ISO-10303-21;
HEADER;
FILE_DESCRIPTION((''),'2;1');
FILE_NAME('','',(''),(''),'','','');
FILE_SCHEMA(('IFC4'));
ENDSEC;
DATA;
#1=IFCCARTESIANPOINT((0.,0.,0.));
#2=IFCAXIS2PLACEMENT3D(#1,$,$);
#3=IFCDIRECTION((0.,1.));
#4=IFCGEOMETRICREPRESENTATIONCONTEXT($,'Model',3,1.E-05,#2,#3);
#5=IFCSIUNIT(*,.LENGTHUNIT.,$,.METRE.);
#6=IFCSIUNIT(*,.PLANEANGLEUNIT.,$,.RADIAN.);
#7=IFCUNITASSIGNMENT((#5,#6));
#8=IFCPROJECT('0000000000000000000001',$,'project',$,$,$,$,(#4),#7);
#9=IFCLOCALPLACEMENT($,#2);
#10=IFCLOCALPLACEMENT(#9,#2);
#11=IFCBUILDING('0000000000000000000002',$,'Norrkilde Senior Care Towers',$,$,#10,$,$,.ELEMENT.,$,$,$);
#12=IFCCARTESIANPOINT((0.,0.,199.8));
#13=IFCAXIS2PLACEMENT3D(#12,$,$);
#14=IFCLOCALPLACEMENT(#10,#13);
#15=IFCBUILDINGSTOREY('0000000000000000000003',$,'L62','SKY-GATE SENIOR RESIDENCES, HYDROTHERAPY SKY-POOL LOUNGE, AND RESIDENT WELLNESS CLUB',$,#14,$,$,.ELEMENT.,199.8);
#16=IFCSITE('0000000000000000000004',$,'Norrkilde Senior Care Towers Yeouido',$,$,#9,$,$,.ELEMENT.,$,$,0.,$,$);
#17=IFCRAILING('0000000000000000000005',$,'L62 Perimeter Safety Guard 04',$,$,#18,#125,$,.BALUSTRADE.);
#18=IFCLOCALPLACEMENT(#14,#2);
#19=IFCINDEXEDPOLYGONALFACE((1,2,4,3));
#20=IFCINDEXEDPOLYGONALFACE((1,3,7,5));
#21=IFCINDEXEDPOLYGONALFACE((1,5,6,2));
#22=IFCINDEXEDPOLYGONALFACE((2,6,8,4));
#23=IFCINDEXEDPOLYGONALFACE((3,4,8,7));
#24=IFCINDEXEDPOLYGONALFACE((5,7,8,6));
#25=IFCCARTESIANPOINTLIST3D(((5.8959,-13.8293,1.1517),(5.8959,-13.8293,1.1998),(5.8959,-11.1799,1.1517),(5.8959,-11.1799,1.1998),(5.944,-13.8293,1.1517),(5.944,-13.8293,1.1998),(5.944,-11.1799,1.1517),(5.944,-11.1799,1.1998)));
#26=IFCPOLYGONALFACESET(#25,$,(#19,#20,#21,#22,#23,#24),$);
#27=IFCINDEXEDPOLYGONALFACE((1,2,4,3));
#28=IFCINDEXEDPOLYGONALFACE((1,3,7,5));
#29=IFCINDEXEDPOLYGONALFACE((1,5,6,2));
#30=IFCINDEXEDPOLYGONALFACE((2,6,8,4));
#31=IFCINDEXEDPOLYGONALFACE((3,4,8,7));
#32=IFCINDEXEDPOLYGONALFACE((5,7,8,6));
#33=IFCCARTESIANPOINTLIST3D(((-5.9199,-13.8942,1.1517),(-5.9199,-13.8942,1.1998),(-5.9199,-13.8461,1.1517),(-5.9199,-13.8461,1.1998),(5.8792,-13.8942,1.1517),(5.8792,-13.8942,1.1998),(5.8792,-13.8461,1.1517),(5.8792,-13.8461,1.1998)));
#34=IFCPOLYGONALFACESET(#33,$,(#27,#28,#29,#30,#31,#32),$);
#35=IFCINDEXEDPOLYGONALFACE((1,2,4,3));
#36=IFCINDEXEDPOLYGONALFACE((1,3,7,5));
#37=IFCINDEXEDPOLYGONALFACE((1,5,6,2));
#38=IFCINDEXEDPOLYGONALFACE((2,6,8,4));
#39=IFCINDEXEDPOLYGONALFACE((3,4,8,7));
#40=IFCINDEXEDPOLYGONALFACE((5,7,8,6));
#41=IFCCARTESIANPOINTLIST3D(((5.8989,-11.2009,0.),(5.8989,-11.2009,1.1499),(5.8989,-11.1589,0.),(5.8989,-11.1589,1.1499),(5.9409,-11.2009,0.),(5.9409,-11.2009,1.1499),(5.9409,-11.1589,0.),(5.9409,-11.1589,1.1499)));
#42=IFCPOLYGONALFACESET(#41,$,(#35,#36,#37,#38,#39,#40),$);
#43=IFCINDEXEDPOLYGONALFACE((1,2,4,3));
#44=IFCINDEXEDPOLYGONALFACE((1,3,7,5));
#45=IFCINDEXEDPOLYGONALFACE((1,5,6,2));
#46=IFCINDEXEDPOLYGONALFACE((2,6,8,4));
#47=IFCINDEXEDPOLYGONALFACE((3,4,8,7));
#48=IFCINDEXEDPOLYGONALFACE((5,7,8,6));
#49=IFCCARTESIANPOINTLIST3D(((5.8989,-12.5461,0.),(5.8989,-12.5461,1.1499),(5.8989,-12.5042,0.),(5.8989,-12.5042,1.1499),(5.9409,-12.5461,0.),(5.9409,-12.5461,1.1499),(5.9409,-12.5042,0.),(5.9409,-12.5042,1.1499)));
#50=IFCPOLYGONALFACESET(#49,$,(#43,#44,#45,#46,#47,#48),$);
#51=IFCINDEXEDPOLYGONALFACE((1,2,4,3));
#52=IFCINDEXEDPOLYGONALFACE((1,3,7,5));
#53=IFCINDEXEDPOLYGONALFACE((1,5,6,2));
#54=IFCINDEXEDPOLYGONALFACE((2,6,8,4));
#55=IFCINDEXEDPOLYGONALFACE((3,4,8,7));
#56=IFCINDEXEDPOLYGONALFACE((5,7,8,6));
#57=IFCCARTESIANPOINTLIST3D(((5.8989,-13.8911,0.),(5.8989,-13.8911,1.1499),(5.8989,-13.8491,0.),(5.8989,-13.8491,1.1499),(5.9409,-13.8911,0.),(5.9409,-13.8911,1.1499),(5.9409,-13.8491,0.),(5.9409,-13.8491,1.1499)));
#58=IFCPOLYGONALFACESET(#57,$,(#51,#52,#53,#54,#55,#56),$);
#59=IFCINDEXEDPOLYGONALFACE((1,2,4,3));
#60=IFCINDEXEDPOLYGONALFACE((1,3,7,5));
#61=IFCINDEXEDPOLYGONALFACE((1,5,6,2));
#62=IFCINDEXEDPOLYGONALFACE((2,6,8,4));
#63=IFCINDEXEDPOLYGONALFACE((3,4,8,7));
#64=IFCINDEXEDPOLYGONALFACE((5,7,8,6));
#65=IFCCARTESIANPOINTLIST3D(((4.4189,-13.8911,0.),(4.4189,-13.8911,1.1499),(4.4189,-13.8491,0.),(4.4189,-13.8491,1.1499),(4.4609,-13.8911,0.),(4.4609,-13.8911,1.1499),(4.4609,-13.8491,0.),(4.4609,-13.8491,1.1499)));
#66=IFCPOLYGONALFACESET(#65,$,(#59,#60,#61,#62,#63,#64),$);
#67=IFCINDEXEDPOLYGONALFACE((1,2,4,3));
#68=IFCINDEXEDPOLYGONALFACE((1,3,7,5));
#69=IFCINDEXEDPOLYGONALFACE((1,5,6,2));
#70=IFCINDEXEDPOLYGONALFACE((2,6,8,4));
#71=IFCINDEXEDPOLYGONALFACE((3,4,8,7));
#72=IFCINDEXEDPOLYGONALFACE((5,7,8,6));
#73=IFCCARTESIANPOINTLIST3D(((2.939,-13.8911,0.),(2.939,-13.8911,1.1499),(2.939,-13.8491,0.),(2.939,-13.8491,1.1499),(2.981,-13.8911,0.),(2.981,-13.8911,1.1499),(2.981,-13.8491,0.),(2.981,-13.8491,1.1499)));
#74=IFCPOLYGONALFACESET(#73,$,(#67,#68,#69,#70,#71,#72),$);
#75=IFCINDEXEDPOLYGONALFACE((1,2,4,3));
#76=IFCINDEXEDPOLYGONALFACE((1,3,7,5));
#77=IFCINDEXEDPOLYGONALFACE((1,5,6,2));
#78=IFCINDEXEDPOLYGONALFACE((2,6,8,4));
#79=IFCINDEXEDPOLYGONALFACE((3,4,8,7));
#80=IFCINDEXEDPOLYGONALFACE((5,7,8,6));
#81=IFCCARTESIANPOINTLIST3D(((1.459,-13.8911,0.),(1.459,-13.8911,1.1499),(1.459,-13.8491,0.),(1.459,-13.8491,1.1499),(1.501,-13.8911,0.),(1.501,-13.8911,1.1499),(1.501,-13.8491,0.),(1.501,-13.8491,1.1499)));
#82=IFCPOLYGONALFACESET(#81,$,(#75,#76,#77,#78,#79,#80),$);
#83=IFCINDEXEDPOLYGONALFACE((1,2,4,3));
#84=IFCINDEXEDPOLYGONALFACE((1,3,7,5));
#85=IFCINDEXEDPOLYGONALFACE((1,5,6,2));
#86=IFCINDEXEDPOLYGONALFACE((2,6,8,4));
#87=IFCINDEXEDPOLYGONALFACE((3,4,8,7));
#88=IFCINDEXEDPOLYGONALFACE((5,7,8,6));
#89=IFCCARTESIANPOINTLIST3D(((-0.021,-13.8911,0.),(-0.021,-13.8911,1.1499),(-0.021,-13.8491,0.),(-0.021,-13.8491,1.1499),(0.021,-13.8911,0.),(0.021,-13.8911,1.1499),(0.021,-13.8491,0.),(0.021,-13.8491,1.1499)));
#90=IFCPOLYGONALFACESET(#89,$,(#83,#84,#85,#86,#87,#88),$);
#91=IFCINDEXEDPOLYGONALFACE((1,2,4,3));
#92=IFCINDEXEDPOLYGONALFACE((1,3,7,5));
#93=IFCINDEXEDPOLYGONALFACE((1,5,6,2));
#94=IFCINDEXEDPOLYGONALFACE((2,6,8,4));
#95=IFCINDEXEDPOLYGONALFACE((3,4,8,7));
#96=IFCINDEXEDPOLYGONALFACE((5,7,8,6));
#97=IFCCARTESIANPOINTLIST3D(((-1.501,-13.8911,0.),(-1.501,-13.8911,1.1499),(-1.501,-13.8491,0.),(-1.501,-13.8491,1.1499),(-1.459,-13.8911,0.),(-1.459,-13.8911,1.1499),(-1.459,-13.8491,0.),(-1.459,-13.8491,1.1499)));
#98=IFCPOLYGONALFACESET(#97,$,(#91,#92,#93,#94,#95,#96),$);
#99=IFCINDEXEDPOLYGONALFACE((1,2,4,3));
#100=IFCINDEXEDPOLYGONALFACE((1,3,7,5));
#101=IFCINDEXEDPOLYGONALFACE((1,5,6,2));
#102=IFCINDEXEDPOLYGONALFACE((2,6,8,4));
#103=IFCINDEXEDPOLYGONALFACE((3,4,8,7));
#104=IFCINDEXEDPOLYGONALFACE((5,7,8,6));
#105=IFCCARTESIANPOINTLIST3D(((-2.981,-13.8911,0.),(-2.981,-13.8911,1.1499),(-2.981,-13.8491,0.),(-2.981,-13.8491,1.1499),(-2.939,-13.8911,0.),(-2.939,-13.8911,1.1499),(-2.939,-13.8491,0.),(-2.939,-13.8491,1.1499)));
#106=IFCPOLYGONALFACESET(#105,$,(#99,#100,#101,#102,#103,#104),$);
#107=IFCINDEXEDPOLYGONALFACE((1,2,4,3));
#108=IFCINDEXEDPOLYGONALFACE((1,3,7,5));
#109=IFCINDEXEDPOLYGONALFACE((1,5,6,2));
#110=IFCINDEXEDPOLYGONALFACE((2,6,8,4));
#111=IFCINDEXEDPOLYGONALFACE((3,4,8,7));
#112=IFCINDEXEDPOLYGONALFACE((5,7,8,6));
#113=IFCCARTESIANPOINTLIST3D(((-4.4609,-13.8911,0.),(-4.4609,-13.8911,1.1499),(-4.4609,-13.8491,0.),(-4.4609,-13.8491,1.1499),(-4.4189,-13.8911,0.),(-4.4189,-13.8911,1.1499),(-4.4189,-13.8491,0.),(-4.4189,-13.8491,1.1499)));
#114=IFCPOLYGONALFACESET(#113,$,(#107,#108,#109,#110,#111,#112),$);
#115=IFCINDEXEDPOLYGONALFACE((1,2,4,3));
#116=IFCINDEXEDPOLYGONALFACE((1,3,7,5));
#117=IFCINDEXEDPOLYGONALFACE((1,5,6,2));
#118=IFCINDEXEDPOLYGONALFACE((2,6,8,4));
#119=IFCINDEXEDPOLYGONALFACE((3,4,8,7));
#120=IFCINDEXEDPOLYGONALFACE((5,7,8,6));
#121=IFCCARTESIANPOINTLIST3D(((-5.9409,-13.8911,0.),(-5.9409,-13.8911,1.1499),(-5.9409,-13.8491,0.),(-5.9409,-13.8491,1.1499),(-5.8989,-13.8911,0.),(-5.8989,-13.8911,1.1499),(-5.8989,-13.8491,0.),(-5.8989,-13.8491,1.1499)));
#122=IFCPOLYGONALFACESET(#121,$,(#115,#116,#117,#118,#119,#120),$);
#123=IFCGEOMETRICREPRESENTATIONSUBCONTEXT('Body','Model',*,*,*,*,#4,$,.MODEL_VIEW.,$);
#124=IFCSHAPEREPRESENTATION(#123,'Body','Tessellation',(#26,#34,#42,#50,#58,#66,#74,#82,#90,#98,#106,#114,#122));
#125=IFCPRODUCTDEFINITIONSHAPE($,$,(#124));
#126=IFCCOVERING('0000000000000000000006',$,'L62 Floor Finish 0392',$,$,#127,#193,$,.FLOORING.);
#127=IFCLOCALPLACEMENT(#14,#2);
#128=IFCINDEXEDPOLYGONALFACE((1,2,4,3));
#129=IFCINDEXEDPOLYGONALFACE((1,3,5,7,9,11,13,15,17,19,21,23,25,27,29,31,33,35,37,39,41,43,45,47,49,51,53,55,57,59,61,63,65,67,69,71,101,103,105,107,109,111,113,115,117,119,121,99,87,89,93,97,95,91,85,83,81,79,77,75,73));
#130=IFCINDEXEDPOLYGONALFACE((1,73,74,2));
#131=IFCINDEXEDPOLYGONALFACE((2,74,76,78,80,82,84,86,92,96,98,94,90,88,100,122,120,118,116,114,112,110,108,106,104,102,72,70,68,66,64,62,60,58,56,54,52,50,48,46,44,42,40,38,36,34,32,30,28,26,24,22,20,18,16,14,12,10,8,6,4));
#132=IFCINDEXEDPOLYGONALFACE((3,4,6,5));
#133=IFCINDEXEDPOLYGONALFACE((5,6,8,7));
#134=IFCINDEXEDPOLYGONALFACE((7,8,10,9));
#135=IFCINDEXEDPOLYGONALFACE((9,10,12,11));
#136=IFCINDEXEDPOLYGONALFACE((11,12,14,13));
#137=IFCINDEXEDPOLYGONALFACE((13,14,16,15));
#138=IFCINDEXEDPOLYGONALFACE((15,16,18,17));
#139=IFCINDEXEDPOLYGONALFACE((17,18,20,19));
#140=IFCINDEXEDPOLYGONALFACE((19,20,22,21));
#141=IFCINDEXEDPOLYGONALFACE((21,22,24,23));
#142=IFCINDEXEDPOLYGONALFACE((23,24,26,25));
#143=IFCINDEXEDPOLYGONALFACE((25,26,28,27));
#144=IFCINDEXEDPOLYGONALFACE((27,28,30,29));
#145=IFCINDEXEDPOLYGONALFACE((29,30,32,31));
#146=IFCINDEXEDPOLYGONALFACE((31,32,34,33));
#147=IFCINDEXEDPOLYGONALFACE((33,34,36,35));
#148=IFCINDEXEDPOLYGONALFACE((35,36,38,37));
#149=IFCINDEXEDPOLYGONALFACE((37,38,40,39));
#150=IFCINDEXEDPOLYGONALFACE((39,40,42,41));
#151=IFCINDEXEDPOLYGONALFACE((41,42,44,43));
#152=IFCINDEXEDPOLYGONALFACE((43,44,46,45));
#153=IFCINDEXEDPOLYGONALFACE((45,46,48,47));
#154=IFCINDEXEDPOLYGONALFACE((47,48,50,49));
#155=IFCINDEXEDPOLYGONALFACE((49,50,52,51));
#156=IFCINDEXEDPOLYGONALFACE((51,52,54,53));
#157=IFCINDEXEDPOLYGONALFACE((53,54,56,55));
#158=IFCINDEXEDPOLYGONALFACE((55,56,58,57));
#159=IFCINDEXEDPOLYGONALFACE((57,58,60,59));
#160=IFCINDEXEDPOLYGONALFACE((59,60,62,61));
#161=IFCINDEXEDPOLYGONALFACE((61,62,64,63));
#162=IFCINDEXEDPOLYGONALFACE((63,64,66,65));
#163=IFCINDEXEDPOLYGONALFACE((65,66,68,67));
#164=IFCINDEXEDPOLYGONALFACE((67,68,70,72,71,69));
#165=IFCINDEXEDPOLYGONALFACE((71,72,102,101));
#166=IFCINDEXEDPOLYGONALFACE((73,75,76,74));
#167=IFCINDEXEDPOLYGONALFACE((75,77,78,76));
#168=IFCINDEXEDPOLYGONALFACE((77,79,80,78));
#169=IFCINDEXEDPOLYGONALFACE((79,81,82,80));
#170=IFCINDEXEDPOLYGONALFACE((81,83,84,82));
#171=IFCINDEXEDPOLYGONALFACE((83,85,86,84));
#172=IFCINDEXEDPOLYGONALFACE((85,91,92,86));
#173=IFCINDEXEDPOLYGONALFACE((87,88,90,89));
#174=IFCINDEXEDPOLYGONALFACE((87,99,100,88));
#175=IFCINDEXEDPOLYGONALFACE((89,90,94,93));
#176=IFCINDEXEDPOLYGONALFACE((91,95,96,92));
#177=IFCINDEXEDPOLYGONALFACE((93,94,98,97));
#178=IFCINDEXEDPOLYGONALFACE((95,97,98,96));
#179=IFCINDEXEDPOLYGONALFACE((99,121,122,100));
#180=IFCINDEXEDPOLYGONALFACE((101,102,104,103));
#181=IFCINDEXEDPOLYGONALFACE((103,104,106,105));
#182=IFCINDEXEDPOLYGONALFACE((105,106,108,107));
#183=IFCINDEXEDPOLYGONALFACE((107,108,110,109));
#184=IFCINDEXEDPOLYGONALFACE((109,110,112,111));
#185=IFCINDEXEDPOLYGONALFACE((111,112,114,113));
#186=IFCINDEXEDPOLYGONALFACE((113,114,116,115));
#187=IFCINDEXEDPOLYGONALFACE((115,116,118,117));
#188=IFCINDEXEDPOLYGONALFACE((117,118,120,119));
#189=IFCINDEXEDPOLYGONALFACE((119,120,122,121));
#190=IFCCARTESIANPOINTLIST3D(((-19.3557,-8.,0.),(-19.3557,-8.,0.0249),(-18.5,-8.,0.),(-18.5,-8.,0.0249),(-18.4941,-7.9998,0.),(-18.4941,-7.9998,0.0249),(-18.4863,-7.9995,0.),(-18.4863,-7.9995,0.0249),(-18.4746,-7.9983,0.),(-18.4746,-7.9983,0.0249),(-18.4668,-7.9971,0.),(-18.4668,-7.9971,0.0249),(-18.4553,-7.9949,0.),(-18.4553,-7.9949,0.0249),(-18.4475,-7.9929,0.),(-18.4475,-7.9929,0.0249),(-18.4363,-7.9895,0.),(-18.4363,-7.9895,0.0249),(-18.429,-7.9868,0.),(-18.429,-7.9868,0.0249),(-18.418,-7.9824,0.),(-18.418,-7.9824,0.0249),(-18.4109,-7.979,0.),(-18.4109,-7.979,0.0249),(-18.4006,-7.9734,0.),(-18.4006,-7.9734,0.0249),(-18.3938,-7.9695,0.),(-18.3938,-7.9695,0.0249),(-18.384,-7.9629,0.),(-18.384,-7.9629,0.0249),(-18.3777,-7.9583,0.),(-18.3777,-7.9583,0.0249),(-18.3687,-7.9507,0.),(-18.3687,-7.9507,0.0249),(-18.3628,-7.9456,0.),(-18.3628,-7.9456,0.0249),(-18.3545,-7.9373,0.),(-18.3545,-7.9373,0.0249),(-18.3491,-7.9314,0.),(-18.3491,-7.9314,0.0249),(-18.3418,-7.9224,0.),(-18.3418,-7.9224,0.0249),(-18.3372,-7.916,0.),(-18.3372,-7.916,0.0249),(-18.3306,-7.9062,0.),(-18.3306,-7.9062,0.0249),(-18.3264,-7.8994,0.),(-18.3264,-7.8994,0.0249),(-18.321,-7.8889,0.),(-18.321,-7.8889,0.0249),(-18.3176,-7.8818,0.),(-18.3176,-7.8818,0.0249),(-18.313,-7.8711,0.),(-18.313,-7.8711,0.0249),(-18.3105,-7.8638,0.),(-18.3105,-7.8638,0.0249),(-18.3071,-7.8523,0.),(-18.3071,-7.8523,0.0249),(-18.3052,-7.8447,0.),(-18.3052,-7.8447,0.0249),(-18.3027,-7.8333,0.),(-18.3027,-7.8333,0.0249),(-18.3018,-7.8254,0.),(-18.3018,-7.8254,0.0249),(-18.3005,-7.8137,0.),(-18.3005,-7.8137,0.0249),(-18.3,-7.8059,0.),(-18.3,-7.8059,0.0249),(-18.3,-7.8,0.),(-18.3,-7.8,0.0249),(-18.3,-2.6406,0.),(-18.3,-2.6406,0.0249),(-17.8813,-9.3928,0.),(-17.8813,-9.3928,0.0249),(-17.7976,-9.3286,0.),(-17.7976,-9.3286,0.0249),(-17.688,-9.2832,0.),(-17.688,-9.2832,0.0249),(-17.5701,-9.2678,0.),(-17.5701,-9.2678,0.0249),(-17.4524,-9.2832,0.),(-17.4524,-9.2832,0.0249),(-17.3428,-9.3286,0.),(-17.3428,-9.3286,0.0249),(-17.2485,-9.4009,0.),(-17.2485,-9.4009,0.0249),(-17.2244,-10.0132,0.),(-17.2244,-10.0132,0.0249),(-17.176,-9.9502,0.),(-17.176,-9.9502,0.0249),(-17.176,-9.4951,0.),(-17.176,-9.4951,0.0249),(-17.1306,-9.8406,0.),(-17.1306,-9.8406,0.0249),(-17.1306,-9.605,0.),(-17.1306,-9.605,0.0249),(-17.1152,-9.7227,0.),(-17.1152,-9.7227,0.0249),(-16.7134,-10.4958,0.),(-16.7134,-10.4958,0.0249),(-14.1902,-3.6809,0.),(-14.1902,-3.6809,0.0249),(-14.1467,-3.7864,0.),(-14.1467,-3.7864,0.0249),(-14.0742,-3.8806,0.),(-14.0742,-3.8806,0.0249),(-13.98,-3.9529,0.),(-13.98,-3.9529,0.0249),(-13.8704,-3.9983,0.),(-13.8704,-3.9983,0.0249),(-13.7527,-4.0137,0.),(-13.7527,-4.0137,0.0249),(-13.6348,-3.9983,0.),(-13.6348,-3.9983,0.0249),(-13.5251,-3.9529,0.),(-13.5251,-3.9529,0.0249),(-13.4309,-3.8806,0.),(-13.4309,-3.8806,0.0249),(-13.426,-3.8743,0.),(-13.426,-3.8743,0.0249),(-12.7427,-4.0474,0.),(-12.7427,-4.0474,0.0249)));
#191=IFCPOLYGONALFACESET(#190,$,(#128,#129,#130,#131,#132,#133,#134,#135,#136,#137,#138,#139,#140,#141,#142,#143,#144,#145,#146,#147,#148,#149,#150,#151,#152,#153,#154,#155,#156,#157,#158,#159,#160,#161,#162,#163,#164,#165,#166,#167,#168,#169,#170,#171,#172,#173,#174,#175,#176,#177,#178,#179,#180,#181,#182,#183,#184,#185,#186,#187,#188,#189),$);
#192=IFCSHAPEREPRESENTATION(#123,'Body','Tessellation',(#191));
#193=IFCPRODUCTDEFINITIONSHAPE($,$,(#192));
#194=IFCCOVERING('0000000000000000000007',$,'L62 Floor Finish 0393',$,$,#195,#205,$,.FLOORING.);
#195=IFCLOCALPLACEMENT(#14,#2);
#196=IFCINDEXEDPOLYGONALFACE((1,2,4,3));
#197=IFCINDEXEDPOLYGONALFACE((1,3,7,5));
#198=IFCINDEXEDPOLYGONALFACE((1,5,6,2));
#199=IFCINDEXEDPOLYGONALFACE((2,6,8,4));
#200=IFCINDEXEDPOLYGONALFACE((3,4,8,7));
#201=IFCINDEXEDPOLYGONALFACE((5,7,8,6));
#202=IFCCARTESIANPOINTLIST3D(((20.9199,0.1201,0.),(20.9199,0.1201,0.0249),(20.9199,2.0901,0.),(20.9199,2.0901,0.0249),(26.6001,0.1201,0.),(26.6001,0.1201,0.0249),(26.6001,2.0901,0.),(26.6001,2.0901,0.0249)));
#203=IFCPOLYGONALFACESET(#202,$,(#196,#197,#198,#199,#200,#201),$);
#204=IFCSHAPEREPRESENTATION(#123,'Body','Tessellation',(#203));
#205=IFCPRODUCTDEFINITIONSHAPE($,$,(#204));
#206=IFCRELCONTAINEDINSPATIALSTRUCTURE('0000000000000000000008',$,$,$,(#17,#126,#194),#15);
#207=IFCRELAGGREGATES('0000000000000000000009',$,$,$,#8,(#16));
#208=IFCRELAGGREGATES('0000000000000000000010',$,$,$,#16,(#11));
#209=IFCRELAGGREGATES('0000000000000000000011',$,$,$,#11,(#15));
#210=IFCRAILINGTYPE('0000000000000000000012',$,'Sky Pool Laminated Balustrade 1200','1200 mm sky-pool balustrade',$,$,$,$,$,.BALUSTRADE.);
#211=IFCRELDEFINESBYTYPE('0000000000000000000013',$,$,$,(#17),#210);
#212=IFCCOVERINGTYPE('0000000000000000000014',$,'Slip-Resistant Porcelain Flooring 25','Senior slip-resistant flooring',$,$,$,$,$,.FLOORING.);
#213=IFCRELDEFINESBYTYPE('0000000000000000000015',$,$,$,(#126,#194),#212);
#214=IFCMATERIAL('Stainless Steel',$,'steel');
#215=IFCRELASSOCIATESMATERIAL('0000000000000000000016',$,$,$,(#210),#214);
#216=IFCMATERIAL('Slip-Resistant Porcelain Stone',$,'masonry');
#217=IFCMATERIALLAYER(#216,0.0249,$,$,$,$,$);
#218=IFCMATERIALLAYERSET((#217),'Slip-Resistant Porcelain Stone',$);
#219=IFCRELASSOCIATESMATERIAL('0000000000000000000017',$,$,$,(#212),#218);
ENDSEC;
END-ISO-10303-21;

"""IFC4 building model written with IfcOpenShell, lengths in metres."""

from ifc_helpers import new_model, si_unit, direction, frame, origin, origin_2d, place, context, subcontext, project, spatial, polyline, rectangle, outline, extrude, material, layer, layer_set, type_object, element, save


model = new_model("IFC4")

# Units and contexts
model_context = context("Model", 3, precision=1e-05, world=origin(), true_north=direction((0.0, 1.0)))
body_context = subcontext(model_context, "Body", "Model", "MODEL_VIEW")
ifc_project = project(units=[si_unit("LENGTHUNIT", "METRE"), si_unit("PLANEANGLEUNIT", "RADIAN")], contexts=[model_context])

# Site, building, storey
site_placement = place(None, origin())
site = spatial("IfcSite", under=ifc_project, at=site_placement, Name="Norrkilde Senior Care Towers Yeouido", CompositionType="ELEMENT", RefElevation=0.0)
building_placement = place(site_placement, origin())
building = spatial("IfcBuilding", under=site, at=building_placement, Name="Norrkilde Senior Care Towers", CompositionType="ELEMENT")
storey_placement = place(building_placement, frame((0.0, 0.0, 199.8)))
storey = spatial("IfcBuildingStorey", under=building, at=storey_placement, Name="L62", Description="SKY-GATE SENIOR RESIDENCES, HYDROTHERAPY SKY-POOL LOUNGE, AND RESIDENT WELLNESS CLUB", CompositionType="ELEMENT", Elevation=199.8)

# Railing
ifc_material_1 = material(Name="Stainless Steel", Category="steel")
railing_type = type_object("IfcRailingType", Name="Sky Pool Laminated Balustrade 1200", Description="1200 mm sky-pool balustrade", PredefinedType="BALUSTRADE", material=ifc_material_1)
railing_placement = place(storey_placement, frame((5.9199, -11.1799, 0.0)))
element("IfcRailing", 1, at=railing_placement, inside=storey, type_object=railing_type, Name="L62 Perimeter Safety Guard 04", PredefinedType="BALUSTRADE", context=body_context, shape_type="SweptSolid", body=[
    extrude(rectangle(XDim=0.0481, YDim=0.0481, at=origin_2d()), frame((0.0, 0.0, 1.1758), z_axis=(0.0, -1.0, 0.0), x_axis=(1.0, 0.0, 0.0)), (0.0, 0.0, 1.0), 2.6494),
    extrude(rectangle(XDim=0.0481, YDim=0.0481, at=origin_2d()), frame((-0.0408, -2.6902, 1.1758), z_axis=(-1.0, 0.0, 0.0), x_axis=(0.0, -1.0, 0.0)), (0.0, 0.0, 1.0), 11.7991),
    extrude(rectangle(XDim=0.042, YDim=0.042, at=origin_2d()), origin(), (0.0, 0.0, 1.0), 1.1499),
    extrude(rectangle(XDim=0.042, YDim=0.042, at=origin_2d()), frame((0.0, -1.3452, 0.0)), (0.0, 0.0, 1.0), 1.1499),
    extrude(rectangle(XDim=0.042, YDim=0.042, at=origin_2d()), frame((0.0, -2.6902, 0.0)), (0.0, 0.0, 1.0), 1.1499),
    extrude(rectangle(XDim=0.042, YDim=0.042, at=origin_2d()), frame((-1.48, -2.6902, 0.0)), (0.0, 0.0, 1.0), 1.1499),
    extrude(rectangle(XDim=0.042, YDim=0.042, at=origin_2d()), frame((-2.96, -2.6902, 0.0)), (0.0, 0.0, 1.0), 1.1499),
    extrude(rectangle(XDim=0.042, YDim=0.042, at=origin_2d()), frame((-4.4399, -2.6902, 0.0)), (0.0, 0.0, 1.0), 1.1499),
    extrude(rectangle(XDim=0.042, YDim=0.042, at=origin_2d()), frame((-5.9199, -2.6902, 0.0)), (0.0, 0.0, 1.0), 1.1499),
    extrude(rectangle(XDim=0.042, YDim=0.042, at=origin_2d()), frame((-7.3999, -2.6902, 0.0)), (0.0, 0.0, 1.0), 1.1499),
    extrude(rectangle(XDim=0.042, YDim=0.042, at=origin_2d()), frame((-8.8799, -2.6902, 0.0)), (0.0, 0.0, 1.0), 1.1499),
    extrude(rectangle(XDim=0.042, YDim=0.042, at=origin_2d()), frame((-10.3599, -2.6902, 0.0)), (0.0, 0.0, 1.0), 1.1499),
    extrude(rectangle(XDim=0.042, YDim=0.042, at=origin_2d()), frame((-11.8398, -2.6902, 0.0)), (0.0, 0.0, 1.0), 1.1499),
])

# Coverings
ifc_material_2 = material(Name="Slip-Resistant Porcelain Stone", Category="masonry")
ifc_layer_1 = layer(ifc_material_2, 0.0249)
ifc_layer_set_1 = layer_set([ifc_layer_1], Name="Slip-Resistant Porcelain Stone")
covering_type_1 = type_object("IfcCoveringType", Name="Slip-Resistant Porcelain Flooring 25", Description="Senior slip-resistant flooring", PredefinedType="FLOORING", material=ifc_layer_set_1)
covering_1_placement = place(storey_placement, origin())
element("IfcCovering", 2, at=covering_1_placement, inside=storey, type_object=covering_type_1, Name="L62 Floor Finish 0392", PredefinedType="FLOORING", context=body_context, shape_type="SweptSolid", body=[
    extrude(outline(polyline([(-18.4475, -7.9929), (-18.4363, -7.9895), (-18.429, -7.9868), (-18.418, -7.9824), (-18.4109, -7.979), (-18.4006, -7.9734), (-18.3938, -7.9695), (-18.384, -7.9629), (-18.3777, -7.9583), (-18.3687, -7.9507), (-18.3628, -7.9456), (-18.3545, -7.9373), (-18.3491, -7.9314), (-18.3418, -7.9224), (-18.3372, -7.916), (-18.3306, -7.9062), (-18.3264, -7.8994), (-18.321, -7.8889), (-18.3176, -7.8818), (-18.313, -7.8711), (-18.3105, -7.8638), (-18.3071, -7.8523), (-18.3052, -7.8447), (-18.3027, -7.8333), (-18.3018, -7.8254), (-18.3005, -7.8137), (-18.3, -7.8059), (-18.3, -7.8), (-18.3, -2.6406), (-14.1902, -3.6809), (-14.1467, -3.7864), (-14.0742, -3.8806), (-13.98, -3.9529), (-13.8704, -3.9983), (-13.7527, -4.0137), (-13.6348, -3.9983), (-13.5251, -3.9529), (-13.4309, -3.8806), (-13.426, -3.8743), (-12.7427, -4.0474), (-16.7134, -10.4958), (-17.2244, -10.0132), (-17.176, -9.9502), (-17.1306, -9.8406), (-17.1152, -9.7227), (-17.1306, -9.605), (-17.176, -9.4951), (-17.2485, -9.4009), (-17.3428, -9.3286), (-17.4524, -9.2832), (-17.5701, -9.2678), (-17.688, -9.2832), (-17.7976, -9.3286), (-17.8813, -9.3928), (-19.3557, -8.0), (-18.5, -8.0), (-18.4941, -7.9998), (-18.4863, -7.9995), (-18.4746, -7.9983), (-18.4668, -7.9971), (-18.4553, -7.9949), (-18.4475, -7.9929)])), origin(), (0.0, 0.0, 1.0), 0.0249),
])
covering_2_placement = place(storey_placement, origin())
element("IfcCovering", 3, at=covering_2_placement, inside=storey, type_object=covering_type_1, Name="L62 Floor Finish 0393", PredefinedType="FLOORING", context=body_context, shape_type="SweptSolid", body=[
    extrude(outline(polyline([(20.9199, 0.1201), (20.9199, 2.0901), (26.6001, 2.0901), (26.6001, 0.1201), (20.9199, 0.1201)])), origin(), (0.0, 0.0, 1.0), 0.0249),
])

save(model, "model.ifc")
